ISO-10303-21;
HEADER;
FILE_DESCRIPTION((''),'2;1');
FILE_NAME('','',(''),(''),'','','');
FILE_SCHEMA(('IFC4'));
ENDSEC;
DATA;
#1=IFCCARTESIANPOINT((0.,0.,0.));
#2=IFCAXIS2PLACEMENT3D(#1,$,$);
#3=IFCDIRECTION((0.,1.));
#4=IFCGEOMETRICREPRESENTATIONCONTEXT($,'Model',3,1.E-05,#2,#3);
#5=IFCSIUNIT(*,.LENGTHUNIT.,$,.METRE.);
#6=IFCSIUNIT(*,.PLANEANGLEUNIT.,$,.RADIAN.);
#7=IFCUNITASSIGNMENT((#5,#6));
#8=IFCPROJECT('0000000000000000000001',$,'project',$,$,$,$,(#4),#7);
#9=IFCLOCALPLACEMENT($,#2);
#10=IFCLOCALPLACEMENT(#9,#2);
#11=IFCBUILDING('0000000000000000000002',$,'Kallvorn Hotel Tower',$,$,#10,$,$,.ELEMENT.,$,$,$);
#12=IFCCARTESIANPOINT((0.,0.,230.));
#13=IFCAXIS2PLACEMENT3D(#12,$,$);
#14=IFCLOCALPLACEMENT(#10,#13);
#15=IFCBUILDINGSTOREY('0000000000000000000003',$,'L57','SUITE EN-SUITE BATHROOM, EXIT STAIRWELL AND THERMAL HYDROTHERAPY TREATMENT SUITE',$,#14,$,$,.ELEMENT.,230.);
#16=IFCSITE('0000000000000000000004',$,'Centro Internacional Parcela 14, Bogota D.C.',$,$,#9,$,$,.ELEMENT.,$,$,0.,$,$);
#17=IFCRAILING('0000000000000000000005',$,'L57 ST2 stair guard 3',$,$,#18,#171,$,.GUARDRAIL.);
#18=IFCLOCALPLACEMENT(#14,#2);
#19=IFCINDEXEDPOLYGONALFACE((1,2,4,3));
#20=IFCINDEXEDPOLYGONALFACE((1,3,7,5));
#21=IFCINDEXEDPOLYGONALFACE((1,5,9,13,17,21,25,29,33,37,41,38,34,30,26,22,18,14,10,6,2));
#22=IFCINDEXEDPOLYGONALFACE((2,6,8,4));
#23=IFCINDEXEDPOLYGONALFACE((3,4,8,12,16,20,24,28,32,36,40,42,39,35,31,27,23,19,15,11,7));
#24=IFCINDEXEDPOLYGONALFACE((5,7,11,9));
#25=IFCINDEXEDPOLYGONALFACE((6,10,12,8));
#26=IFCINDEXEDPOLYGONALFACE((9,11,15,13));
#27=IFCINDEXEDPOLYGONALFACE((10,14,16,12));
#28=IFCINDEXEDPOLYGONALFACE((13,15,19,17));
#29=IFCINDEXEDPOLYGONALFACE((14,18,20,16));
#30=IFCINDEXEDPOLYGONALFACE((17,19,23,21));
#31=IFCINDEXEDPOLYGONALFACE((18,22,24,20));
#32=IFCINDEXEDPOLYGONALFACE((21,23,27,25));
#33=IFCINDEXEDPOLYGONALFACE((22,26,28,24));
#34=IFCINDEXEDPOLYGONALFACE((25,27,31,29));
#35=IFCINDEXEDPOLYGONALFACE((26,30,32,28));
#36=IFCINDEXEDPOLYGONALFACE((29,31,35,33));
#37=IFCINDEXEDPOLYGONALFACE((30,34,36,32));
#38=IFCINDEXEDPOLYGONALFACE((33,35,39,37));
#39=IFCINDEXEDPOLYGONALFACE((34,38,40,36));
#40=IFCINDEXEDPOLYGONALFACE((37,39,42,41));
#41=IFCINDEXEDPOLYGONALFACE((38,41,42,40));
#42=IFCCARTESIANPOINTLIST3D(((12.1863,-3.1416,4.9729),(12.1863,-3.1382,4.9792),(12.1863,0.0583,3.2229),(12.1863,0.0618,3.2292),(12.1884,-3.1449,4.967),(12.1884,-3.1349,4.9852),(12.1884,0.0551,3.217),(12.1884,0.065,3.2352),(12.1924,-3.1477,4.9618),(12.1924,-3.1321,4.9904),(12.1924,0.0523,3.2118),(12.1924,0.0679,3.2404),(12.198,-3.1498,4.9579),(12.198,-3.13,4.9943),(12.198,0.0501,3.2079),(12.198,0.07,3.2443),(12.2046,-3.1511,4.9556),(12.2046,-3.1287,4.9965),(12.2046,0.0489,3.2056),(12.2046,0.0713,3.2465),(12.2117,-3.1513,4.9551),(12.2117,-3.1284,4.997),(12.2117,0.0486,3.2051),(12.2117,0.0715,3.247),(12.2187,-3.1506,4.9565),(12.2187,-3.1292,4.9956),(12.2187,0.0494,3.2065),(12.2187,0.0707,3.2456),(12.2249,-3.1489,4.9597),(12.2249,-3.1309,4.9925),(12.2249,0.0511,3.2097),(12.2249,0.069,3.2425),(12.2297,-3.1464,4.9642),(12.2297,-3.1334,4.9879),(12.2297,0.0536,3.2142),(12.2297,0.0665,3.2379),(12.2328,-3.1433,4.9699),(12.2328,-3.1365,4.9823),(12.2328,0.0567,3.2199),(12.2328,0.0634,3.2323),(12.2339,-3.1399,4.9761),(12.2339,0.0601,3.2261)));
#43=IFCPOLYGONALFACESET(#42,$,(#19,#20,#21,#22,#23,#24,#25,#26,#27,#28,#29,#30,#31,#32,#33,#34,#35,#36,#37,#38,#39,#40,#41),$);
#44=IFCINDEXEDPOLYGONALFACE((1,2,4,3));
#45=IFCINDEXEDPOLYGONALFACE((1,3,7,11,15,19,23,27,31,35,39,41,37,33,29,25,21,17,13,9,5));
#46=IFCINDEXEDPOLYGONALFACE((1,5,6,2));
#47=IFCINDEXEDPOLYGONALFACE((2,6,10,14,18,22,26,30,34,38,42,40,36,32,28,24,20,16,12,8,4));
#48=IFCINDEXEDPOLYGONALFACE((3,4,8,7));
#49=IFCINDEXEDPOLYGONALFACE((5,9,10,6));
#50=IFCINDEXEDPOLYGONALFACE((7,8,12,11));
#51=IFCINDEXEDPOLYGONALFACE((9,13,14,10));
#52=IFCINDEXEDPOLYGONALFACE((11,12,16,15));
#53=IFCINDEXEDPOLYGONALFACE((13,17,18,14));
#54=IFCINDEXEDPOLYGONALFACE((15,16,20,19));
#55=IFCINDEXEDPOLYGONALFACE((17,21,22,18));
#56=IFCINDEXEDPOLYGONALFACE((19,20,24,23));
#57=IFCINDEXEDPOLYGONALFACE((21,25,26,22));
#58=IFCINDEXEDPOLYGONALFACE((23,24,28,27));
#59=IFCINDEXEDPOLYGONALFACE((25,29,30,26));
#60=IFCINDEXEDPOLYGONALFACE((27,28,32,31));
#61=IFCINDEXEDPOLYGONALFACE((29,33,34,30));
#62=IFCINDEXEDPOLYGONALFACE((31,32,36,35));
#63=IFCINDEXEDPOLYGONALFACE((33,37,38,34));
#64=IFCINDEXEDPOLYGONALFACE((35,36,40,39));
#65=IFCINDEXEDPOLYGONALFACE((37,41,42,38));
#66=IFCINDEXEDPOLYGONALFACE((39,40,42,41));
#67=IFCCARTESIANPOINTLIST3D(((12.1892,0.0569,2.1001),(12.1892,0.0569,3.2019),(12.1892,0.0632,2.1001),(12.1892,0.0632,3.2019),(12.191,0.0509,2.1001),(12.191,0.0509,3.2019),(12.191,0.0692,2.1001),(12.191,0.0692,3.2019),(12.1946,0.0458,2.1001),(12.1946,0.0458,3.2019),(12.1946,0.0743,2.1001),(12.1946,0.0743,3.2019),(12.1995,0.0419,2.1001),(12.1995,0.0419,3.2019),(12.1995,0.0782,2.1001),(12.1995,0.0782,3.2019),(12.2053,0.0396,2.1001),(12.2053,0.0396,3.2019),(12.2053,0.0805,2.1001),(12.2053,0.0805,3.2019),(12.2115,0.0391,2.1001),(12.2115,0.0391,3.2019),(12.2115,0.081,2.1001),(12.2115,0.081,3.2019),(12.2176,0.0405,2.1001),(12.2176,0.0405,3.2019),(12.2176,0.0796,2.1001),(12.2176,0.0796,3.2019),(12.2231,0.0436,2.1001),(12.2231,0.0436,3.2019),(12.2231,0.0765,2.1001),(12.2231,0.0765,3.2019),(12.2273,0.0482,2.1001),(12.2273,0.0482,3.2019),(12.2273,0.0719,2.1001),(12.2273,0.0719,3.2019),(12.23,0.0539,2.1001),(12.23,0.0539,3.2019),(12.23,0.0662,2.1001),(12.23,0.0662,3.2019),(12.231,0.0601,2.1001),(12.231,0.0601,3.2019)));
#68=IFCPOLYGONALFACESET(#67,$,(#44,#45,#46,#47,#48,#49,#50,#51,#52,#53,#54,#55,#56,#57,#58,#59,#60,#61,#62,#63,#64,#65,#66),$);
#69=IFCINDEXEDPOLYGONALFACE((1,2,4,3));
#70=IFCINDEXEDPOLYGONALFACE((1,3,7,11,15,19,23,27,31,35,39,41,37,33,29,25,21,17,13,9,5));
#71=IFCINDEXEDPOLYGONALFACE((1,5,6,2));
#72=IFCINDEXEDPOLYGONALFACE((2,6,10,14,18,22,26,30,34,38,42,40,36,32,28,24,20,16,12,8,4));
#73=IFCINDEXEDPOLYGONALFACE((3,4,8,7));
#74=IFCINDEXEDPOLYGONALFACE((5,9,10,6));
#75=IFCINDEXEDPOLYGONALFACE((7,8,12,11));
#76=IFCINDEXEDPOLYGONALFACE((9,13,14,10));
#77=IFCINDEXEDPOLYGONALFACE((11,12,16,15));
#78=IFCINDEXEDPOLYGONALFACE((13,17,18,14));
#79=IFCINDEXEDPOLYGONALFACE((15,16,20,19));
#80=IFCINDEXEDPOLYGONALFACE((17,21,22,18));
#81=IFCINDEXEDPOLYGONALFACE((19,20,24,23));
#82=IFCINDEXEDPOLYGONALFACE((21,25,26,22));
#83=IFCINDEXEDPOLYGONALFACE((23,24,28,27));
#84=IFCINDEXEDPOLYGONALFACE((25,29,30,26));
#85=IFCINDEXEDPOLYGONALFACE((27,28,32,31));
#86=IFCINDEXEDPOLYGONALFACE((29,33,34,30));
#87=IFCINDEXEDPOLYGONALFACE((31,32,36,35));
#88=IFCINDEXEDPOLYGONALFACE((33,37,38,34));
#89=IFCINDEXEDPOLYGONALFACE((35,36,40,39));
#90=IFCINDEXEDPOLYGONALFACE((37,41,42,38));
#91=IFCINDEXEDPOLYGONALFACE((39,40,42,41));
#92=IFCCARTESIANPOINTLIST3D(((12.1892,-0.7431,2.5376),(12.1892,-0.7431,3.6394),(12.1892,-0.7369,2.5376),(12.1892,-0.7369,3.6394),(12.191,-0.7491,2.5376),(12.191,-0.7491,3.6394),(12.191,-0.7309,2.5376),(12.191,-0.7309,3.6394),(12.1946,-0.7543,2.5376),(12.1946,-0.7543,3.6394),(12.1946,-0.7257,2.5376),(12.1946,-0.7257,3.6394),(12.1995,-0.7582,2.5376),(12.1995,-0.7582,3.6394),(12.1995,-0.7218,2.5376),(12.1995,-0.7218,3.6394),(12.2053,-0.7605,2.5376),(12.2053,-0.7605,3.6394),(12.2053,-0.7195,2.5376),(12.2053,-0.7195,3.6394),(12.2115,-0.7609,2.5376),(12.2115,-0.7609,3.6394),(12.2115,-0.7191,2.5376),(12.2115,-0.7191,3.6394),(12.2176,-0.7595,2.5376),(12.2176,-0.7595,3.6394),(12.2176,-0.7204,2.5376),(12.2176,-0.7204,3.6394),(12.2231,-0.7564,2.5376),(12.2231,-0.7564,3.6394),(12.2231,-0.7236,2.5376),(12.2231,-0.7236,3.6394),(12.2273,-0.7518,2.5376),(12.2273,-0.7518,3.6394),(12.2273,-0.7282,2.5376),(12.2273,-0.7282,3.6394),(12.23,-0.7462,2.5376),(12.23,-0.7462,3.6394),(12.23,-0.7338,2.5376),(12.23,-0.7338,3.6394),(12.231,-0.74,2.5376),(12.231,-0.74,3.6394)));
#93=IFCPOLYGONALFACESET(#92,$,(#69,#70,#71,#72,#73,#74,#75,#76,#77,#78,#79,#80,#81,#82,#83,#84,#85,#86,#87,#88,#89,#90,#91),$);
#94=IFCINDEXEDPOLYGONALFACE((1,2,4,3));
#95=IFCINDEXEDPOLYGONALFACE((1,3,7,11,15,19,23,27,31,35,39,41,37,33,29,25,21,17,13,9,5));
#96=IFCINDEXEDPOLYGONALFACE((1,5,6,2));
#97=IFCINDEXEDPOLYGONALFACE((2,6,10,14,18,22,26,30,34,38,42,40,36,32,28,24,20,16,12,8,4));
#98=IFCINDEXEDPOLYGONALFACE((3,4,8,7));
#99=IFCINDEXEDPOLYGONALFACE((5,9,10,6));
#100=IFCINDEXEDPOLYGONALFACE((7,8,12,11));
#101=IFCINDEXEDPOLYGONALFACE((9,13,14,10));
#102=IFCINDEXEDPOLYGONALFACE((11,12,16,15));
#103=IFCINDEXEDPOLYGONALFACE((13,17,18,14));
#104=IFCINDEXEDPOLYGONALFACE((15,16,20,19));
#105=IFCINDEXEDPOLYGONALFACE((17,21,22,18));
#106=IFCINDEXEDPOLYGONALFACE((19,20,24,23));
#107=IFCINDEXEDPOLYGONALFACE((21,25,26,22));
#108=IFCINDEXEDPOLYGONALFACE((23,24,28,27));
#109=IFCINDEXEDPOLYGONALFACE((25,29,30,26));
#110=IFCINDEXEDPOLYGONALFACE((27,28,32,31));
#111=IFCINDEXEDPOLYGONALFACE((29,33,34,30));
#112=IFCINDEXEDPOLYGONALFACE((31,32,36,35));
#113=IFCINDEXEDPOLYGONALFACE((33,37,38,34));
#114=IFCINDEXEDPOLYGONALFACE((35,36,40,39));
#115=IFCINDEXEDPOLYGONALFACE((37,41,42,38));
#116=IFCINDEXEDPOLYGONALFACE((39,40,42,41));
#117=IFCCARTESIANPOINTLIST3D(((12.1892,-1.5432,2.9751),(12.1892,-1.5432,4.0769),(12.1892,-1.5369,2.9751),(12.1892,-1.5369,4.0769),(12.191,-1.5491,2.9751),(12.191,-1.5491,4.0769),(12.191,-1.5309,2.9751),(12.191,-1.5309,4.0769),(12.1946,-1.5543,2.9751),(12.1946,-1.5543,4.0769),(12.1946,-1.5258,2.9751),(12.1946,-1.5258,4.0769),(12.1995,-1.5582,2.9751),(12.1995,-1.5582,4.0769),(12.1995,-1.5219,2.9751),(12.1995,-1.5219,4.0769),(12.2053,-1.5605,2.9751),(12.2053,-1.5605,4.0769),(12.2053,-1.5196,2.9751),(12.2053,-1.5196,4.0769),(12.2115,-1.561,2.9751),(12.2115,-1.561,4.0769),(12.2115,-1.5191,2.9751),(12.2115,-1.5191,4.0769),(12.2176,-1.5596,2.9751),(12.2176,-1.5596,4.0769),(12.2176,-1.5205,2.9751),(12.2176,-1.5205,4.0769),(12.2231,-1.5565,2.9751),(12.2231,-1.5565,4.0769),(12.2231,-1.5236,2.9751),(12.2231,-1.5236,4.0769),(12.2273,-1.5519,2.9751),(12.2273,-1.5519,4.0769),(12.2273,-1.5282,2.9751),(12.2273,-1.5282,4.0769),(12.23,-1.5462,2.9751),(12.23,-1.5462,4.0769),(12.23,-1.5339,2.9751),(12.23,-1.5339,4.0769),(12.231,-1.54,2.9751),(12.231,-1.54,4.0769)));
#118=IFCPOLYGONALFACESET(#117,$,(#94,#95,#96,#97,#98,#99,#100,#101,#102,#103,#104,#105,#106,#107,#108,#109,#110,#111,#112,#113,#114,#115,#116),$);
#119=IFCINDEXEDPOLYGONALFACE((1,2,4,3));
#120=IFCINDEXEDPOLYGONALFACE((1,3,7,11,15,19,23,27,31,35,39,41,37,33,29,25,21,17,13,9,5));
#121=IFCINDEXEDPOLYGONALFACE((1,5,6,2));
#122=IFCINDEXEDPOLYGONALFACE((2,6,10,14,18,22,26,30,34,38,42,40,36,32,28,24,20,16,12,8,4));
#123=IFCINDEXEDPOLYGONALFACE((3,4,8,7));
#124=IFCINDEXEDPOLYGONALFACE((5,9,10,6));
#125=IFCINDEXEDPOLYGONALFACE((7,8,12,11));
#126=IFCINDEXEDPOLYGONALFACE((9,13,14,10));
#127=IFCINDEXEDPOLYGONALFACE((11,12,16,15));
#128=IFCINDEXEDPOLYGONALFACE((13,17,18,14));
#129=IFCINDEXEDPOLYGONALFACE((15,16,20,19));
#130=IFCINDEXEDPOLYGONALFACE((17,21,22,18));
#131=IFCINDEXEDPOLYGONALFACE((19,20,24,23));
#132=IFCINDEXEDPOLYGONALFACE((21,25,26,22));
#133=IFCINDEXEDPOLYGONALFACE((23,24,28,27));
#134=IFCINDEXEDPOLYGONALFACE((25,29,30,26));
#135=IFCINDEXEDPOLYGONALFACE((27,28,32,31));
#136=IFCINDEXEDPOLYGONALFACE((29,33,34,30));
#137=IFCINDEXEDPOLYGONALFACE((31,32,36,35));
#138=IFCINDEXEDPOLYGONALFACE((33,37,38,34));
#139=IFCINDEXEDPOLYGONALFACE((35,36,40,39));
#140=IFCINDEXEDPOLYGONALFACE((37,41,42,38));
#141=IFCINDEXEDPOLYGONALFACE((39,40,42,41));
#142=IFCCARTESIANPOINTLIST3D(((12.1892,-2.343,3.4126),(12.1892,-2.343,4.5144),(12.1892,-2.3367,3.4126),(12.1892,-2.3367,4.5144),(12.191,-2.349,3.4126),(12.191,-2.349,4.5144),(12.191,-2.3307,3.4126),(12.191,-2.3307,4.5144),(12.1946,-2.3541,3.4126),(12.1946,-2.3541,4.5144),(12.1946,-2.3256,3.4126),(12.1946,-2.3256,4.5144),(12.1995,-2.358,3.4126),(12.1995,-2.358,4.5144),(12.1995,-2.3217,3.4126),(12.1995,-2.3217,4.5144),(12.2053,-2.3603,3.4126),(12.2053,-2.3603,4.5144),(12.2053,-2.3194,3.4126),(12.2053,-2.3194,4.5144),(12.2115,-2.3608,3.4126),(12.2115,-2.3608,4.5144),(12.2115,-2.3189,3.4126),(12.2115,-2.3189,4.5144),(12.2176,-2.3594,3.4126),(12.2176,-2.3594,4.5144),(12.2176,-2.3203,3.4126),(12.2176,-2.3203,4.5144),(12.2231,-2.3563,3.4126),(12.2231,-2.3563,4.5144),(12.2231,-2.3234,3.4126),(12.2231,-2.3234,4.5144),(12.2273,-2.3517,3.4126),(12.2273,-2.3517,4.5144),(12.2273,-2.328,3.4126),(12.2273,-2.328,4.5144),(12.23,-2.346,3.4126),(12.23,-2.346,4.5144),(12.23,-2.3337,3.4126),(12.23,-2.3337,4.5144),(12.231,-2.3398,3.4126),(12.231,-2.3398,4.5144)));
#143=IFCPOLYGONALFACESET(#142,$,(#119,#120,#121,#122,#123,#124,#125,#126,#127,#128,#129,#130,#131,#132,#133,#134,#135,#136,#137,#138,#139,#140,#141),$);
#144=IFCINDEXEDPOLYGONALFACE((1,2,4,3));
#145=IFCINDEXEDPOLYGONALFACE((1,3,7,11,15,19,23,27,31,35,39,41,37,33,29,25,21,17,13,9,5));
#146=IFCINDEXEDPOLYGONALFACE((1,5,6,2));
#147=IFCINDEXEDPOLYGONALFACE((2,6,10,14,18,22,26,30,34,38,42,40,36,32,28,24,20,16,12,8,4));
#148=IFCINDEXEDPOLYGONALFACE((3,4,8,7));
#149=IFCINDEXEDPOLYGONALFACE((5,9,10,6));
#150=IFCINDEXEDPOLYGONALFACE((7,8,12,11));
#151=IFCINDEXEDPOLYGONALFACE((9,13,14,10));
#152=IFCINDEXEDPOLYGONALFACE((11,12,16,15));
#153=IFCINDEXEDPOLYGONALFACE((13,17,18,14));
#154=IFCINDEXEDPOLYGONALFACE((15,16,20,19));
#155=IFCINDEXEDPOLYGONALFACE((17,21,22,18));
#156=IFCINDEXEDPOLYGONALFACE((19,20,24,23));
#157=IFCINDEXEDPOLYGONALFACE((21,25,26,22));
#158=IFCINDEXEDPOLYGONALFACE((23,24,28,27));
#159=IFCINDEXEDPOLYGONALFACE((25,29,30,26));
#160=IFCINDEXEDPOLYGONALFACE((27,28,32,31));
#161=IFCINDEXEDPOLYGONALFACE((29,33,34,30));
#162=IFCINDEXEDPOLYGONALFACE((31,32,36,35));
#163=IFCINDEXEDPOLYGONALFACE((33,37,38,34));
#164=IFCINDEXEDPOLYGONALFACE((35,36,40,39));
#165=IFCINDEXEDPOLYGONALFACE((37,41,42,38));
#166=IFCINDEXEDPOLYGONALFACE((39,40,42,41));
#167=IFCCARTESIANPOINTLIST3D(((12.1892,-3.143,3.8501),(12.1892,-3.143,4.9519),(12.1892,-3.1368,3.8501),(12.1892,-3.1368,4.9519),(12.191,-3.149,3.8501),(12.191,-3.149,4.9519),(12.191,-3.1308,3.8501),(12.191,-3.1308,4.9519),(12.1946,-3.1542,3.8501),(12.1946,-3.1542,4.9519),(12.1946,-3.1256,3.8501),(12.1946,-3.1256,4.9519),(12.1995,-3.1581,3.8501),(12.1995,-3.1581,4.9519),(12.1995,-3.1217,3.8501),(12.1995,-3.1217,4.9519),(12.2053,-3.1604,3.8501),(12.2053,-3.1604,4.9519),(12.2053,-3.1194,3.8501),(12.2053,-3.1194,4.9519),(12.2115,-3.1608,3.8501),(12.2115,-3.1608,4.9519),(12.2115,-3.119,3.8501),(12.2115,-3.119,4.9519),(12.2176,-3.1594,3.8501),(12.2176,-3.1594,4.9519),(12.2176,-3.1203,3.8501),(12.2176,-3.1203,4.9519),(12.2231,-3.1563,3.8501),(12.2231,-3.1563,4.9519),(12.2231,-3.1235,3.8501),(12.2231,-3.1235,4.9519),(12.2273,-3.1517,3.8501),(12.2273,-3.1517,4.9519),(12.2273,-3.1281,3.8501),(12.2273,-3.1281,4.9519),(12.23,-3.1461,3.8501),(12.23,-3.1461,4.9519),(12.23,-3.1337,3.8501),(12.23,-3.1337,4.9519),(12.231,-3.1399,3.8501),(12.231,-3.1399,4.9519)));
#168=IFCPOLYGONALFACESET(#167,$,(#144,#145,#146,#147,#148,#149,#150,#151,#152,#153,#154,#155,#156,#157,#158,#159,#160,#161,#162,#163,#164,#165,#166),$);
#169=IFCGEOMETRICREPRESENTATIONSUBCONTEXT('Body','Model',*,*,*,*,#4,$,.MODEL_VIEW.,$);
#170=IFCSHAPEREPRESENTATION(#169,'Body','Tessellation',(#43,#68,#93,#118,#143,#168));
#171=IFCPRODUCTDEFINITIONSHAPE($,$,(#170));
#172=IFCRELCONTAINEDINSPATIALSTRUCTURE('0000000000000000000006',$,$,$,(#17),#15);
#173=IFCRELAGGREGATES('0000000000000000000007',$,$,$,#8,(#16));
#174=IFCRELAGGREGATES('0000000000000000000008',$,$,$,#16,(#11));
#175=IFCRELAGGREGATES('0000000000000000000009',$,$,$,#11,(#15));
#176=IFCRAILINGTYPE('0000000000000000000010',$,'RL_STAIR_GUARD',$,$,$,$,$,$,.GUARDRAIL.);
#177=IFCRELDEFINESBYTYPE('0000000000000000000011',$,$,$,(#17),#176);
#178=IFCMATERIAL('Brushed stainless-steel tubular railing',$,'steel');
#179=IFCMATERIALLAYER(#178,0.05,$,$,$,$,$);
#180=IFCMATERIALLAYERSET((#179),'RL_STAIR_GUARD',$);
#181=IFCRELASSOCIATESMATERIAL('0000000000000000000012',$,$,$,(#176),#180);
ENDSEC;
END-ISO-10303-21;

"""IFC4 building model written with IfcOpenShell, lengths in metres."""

from ifc_helpers import new_model, si_unit, direction, frame, origin, origin_2d, place, context, subcontext, project, spatial, circle, extrude, material, layer, layer_set, type_object, element, save


model = new_model("IFC4")

# Units and contexts
model_context = context("Model", 3, precision=1e-05, world=origin(), true_north=direction((0.0, 1.0)))
body_context = subcontext(model_context, "Body", "Model", "MODEL_VIEW")
ifc_project = project(units=[si_unit("LENGTHUNIT", "METRE"), si_unit("PLANEANGLEUNIT", "RADIAN")], contexts=[model_context])

# Site, building, storey
site_placement = place(None, origin())
site = spatial("IfcSite", under=ifc_project, at=site_placement, Name="Centro Internacional Parcela 14, Bogota D.C.", CompositionType="ELEMENT", RefElevation=0.0)
building_placement = place(site_placement, origin())
building = spatial("IfcBuilding", under=site, at=building_placement, Name="Kallvorn Hotel Tower", CompositionType="ELEMENT")
storey_placement = place(building_placement, frame((0.0, 0.0, 230.0)))
storey = spatial("IfcBuildingStorey", under=building, at=storey_placement, Name="L57", Description="SUITE EN-SUITE BATHROOM, EXIT STAIRWELL AND THERMAL HYDROTHERAPY TREATMENT SUITE", CompositionType="ELEMENT", Elevation=230.0)

# Railing
ifc_material_1 = material(Name="Brushed stainless-steel tubular railing", Category="steel")
ifc_layer_1 = layer(ifc_material_1, 0.05)
ifc_layer_set_1 = layer_set([ifc_layer_1], Name="RL_STAIR_GUARD")
railing_type_1 = type_object("IfcRailingType", Name="RL_STAIR_GUARD", PredefinedType="GUARDRAIL", material=ifc_layer_set_1)
railing_1_placement = place(storey_placement, frame((12.21, 0.0601, 2.1001)))
element("IfcRailing", 1, at=railing_1_placement, inside=storey, type_object=railing_type_1, Name="L57 ST2 stair guard 3", PredefinedType="GUARDRAIL", context=body_context, shape_type="SweptSolid", body=[
    extrude(circle(Radius=0.0239, at=origin_2d()), frame((0.0, 0.0, 1.126), z_axis=(0.0, -0.877368, 0.479818), x_axis=(1.0, 0.0, 0.0)), (0.0, 0.0, 1.0), 3.6472),
    extrude(circle(Radius=0.021, at=origin_2d()), origin(), (0.0, 0.0, 1.0), 1.1018),
    extrude(circle(Radius=0.021, at=origin_2d()), frame((0.0, -0.8, 0.4375)), (0.0, 0.0, 1.0), 1.1018),
    extrude(circle(Radius=0.021, at=origin_2d()), frame((0.0, -1.6001, 0.875)), (0.0, 0.0, 1.0), 1.1018),
    extrude(circle(Radius=0.021, at=origin_2d()), frame((0.0, -2.3999, 1.3125)), (0.0, 0.0, 1.0), 1.1018),
    extrude(circle(Radius=0.021, at=origin_2d()), frame((0.0, -3.2, 1.75)), (0.0, 0.0, 1.0), 1.1018),
])

save(model, "model.ifc")
